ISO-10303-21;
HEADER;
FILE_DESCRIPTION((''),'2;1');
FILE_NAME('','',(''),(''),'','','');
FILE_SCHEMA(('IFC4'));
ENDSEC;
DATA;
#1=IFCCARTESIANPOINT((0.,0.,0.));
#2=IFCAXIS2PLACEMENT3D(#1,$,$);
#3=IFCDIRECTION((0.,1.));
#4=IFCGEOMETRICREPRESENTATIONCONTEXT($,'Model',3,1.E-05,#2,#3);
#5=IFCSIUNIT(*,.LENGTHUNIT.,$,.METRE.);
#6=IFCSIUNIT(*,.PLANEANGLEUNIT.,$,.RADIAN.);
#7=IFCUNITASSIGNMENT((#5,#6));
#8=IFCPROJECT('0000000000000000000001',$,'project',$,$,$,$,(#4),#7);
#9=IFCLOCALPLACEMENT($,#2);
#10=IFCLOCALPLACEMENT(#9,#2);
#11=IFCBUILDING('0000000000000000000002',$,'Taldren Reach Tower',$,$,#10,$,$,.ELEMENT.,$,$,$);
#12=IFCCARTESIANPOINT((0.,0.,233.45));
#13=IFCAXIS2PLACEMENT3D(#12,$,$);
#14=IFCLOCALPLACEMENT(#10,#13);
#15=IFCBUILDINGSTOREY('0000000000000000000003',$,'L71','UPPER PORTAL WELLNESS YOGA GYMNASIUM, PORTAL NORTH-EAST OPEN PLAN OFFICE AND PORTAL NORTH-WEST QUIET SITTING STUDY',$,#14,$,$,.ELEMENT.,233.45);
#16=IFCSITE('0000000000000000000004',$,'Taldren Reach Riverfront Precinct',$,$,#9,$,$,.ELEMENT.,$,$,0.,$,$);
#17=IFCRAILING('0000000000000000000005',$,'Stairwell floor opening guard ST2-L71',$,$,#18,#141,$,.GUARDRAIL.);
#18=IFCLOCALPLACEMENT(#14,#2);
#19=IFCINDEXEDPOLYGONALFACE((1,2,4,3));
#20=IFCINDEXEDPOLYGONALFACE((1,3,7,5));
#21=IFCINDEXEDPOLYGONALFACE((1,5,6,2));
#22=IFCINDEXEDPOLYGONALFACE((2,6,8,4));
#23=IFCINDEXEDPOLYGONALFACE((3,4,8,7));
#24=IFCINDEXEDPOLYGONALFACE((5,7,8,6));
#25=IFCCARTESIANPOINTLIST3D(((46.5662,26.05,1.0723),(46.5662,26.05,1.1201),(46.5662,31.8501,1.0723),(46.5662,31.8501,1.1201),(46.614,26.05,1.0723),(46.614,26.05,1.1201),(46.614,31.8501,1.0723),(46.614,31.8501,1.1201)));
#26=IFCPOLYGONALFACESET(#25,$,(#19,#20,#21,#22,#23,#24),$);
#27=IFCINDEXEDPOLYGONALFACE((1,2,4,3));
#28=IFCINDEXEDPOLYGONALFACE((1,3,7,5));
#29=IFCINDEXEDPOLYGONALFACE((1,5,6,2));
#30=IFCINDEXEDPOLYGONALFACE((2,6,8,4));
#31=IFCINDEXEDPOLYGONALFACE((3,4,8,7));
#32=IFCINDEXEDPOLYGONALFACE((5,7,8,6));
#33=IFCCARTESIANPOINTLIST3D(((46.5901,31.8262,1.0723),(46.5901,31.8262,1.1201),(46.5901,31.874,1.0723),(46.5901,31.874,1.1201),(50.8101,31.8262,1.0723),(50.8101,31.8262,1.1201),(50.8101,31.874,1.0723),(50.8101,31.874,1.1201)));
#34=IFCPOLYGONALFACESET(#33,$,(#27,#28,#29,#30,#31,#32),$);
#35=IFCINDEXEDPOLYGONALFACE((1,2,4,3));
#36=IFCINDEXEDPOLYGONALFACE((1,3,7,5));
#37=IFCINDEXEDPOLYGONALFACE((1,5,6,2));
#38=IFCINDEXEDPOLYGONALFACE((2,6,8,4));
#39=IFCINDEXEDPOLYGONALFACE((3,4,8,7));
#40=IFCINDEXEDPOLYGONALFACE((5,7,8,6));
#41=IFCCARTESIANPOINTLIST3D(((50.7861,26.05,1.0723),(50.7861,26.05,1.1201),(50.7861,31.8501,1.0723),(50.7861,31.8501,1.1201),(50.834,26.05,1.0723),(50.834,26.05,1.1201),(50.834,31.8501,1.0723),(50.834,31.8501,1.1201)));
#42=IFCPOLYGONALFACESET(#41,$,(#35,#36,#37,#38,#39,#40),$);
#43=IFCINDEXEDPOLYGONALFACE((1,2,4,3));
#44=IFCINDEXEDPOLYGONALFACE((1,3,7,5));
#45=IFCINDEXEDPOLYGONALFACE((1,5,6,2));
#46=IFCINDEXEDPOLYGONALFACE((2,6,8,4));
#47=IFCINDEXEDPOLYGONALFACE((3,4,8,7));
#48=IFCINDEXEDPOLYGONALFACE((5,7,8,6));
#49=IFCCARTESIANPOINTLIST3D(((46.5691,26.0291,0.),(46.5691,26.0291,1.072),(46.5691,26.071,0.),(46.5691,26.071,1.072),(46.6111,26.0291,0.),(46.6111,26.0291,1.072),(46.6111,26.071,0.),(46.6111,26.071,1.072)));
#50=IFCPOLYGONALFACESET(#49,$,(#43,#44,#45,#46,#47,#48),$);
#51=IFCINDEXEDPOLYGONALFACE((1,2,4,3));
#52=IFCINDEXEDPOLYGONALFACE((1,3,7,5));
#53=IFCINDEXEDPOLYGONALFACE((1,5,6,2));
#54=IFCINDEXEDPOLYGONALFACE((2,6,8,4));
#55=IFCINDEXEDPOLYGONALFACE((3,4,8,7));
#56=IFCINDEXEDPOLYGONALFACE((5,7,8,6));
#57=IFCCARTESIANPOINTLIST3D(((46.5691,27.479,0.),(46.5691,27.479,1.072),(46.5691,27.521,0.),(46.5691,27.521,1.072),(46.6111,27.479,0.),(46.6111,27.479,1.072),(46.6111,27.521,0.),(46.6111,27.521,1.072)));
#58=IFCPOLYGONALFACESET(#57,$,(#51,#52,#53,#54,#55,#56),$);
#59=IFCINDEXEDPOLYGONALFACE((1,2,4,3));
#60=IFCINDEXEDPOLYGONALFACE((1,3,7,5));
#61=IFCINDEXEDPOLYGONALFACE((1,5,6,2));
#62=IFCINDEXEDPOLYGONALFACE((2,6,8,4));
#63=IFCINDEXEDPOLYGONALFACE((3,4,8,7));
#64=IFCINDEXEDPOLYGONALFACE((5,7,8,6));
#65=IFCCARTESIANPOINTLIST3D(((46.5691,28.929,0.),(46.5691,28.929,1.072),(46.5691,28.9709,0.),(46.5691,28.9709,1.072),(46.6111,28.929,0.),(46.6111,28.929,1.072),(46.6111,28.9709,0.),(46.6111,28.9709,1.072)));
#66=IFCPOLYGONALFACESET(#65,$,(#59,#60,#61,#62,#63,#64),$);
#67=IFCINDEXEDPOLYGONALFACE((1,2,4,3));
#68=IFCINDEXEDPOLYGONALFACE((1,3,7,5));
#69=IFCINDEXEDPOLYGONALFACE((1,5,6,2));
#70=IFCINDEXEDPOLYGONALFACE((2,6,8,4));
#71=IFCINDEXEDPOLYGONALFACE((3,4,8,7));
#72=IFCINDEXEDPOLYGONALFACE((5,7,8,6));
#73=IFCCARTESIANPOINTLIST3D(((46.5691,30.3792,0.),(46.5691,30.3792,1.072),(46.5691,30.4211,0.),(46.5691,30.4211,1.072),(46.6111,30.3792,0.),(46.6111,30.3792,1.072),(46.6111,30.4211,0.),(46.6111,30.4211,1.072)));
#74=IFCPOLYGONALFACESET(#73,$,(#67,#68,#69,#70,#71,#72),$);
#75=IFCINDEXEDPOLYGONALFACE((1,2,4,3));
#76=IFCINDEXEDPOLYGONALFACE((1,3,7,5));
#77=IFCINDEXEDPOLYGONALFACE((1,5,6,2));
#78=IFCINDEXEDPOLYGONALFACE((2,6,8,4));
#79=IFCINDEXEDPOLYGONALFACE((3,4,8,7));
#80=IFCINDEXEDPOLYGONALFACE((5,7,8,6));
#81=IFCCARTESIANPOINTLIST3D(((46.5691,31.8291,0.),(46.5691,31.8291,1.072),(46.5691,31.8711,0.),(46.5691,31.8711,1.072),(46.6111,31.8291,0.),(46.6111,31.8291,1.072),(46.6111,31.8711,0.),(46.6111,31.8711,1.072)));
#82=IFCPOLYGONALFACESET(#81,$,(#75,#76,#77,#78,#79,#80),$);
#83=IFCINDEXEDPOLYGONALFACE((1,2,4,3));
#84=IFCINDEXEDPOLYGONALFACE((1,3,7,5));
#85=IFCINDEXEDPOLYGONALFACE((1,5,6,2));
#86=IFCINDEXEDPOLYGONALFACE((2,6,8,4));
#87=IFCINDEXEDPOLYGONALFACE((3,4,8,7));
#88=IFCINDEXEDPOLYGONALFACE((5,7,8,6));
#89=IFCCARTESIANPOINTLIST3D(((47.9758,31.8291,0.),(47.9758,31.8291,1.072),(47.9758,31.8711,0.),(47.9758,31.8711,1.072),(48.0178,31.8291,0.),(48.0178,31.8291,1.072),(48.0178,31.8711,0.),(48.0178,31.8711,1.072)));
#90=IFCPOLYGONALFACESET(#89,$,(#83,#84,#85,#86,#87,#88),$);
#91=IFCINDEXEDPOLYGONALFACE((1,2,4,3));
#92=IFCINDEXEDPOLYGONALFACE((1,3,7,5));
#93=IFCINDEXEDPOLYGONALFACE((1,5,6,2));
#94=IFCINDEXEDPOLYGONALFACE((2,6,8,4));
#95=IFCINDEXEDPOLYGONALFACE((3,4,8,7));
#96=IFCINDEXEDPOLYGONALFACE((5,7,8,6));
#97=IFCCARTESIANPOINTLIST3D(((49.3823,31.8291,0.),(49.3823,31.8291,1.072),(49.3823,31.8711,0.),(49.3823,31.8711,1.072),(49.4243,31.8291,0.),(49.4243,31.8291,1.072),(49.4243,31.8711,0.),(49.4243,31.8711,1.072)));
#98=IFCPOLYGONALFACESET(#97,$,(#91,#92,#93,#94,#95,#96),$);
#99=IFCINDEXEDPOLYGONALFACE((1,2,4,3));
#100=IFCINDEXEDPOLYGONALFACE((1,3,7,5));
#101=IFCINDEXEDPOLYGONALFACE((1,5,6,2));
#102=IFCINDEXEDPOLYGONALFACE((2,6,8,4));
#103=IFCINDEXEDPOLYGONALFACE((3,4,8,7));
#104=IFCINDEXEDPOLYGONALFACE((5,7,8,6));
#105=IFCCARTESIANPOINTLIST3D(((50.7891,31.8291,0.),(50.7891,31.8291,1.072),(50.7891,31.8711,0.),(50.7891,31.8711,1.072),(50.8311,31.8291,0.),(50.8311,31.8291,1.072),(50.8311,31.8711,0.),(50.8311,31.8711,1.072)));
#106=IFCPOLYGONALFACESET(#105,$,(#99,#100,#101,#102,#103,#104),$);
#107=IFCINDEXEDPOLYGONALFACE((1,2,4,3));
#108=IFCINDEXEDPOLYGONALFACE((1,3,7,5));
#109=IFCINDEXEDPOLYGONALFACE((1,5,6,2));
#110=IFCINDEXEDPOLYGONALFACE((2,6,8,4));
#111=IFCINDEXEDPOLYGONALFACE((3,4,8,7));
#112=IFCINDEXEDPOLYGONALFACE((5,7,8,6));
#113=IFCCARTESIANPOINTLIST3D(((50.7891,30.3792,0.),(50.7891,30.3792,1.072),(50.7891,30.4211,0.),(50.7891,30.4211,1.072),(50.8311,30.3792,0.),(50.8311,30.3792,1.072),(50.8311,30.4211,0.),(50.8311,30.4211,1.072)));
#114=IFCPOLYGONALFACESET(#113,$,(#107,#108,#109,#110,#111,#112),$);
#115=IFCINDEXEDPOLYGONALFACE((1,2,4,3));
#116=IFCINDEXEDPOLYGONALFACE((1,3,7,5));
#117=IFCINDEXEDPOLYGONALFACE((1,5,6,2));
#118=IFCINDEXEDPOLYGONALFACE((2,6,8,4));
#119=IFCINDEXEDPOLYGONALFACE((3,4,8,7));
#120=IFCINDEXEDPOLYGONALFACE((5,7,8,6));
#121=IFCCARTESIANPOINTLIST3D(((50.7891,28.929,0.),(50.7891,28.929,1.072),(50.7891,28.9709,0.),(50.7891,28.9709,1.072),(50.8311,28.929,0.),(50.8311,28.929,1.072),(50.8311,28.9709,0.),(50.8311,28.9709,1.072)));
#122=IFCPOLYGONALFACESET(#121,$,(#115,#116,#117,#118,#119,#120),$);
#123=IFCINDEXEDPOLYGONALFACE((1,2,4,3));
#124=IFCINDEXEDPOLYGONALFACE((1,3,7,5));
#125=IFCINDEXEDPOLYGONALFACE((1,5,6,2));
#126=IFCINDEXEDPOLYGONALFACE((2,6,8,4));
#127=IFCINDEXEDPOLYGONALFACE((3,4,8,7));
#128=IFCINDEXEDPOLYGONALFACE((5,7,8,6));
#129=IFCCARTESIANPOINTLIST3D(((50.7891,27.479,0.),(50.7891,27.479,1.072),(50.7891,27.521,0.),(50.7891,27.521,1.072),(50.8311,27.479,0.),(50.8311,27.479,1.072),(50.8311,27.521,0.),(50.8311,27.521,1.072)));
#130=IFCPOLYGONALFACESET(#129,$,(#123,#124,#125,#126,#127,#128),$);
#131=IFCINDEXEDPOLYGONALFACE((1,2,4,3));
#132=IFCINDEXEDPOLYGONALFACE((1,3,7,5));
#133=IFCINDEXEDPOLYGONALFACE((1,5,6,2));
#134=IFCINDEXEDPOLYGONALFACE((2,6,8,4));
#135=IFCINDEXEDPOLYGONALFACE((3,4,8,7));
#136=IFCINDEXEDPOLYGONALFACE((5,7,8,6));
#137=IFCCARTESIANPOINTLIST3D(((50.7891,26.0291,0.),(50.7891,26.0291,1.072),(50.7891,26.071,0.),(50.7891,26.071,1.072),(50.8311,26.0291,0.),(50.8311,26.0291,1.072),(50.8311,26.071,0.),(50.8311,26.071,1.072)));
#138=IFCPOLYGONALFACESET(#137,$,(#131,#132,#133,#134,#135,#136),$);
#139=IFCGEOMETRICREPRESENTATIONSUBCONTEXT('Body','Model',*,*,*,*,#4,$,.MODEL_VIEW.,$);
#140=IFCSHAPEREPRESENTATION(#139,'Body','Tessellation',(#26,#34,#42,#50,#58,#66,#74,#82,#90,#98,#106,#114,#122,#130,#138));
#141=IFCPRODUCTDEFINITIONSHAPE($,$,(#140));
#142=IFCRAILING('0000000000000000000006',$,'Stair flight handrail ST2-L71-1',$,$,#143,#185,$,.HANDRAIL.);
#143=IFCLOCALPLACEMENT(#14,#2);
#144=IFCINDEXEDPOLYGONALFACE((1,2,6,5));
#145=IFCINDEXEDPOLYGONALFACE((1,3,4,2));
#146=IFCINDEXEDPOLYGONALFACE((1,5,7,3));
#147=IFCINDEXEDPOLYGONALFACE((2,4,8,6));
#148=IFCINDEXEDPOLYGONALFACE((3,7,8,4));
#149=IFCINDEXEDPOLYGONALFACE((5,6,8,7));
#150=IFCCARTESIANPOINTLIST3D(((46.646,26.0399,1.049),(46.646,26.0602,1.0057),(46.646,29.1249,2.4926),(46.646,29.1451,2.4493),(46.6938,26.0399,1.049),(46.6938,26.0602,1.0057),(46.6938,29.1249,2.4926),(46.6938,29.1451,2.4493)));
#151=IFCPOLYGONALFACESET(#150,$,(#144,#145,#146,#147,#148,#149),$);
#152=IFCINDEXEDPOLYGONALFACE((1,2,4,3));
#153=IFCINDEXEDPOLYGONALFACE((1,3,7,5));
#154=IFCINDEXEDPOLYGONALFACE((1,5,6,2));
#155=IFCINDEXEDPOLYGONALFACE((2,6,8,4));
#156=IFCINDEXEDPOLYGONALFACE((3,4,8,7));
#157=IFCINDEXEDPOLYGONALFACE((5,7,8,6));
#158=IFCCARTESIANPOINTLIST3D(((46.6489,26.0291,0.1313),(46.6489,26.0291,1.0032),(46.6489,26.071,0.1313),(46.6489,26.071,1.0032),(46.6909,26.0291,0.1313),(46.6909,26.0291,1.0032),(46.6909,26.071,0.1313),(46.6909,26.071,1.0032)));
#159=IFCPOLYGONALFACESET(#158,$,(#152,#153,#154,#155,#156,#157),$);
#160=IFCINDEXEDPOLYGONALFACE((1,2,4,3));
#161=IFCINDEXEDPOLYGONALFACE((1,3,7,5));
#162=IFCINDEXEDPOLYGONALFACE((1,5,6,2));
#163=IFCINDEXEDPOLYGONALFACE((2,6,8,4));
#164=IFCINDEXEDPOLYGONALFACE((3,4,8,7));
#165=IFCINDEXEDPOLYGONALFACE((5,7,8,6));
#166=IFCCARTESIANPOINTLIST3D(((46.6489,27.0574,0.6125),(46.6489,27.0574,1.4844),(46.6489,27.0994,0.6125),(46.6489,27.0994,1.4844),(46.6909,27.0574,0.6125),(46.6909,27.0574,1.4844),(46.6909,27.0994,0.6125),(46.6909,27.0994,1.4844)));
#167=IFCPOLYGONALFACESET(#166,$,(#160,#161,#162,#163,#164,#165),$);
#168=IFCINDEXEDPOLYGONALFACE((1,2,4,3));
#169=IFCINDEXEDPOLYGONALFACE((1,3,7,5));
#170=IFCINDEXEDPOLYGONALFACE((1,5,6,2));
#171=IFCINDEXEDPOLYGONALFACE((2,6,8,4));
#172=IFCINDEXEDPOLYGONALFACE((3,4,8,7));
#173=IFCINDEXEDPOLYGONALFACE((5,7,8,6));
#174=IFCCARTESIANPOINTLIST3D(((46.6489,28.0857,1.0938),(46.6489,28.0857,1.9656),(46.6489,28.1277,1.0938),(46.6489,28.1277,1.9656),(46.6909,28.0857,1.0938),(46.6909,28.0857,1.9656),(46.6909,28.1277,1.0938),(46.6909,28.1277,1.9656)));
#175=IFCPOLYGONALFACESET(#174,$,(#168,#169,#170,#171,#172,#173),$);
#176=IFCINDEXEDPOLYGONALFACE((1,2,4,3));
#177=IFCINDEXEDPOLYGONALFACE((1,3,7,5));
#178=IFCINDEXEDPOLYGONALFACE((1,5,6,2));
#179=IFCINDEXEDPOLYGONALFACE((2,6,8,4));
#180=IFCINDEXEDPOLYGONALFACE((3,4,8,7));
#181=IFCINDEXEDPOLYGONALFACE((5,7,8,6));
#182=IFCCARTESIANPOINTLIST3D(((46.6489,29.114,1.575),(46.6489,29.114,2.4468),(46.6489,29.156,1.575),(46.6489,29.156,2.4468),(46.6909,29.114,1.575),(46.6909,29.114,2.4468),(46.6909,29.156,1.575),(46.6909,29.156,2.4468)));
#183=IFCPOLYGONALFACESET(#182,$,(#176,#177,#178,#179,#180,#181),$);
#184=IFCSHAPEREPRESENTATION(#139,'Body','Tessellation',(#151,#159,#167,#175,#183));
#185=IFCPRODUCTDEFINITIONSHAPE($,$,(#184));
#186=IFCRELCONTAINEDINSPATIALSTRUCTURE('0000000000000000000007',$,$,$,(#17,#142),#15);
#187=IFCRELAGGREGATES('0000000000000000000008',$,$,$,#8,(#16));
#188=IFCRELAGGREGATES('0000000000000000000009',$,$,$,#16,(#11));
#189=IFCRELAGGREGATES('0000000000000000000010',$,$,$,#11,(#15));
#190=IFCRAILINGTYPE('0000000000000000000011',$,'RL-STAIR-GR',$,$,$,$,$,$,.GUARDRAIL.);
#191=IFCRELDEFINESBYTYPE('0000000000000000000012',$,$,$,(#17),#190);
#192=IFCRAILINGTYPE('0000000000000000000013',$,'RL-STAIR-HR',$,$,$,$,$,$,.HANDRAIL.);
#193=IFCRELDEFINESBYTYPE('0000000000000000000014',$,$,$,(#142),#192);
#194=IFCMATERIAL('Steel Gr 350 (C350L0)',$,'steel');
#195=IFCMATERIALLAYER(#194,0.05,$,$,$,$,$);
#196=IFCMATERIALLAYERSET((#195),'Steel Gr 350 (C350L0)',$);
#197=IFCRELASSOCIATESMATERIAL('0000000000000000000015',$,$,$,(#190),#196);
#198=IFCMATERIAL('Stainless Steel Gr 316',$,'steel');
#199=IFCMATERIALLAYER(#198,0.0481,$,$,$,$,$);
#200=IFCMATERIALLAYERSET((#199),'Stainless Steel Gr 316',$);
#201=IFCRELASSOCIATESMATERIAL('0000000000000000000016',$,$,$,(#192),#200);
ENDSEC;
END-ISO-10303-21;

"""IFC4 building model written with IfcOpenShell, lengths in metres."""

from ifc_helpers import new_model, si_unit, direction, frame, origin, origin_2d, place, context, subcontext, project, spatial, rectangle, extrude, material, layer, layer_set, type_object, element, save


model = new_model("IFC4")

# Units and contexts
model_context = context("Model", 3, precision=1e-05, world=origin(), true_north=direction((0.0, 1.0)))
body_context = subcontext(model_context, "Body", "Model", "MODEL_VIEW")
ifc_project = project(units=[si_unit("LENGTHUNIT", "METRE"), si_unit("PLANEANGLEUNIT", "RADIAN")], contexts=[model_context])

# Site, building, storey
site_placement = place(None, origin())
site = spatial("IfcSite", under=ifc_project, at=site_placement, Name="Taldren Reach Riverfront Precinct", CompositionType="ELEMENT", RefElevation=0.0)
building_placement = place(site_placement, origin())
building = spatial("IfcBuilding", under=site, at=building_placement, Name="Taldren Reach Tower", CompositionType="ELEMENT")
storey_placement = place(building_placement, frame((0.0, 0.0, 233.45)))
storey = spatial("IfcBuildingStorey", under=building, at=storey_placement, Name="L71", Description="UPPER PORTAL WELLNESS YOGA GYMNASIUM, PORTAL NORTH-EAST OPEN PLAN OFFICE AND PORTAL NORTH-WEST QUIET SITTING STUDY", CompositionType="ELEMENT", Elevation=233.45)

# Shared definitions
ifc_material_1 = material(Name="Steel Gr 350 (C350L0)", Category="steel")

# Railings
ifc_layer_1 = layer(ifc_material_1, 0.05)
ifc_layer_set_1 = layer_set([ifc_layer_1], Name="Steel Gr 350 (C350L0)")
railing_type_1 = type_object("IfcRailingType", Name="RL-STAIR-GR", PredefinedType="GUARDRAIL", material=ifc_layer_set_1)
railing_1_placement = place(storey_placement, frame((46.5901, 26.05, 0.0)))
element("IfcRailing", 1, at=railing_1_placement, inside=storey, type_object=railing_type_1, Name="Stairwell floor opening guard ST2-L71", PredefinedType="GUARDRAIL", context=body_context, shape_type="SweptSolid", body=[
    extrude(rectangle(XDim=0.0479, YDim=0.0479, at=origin_2d()), frame((0.0, 0.0, 1.0962), z_axis=(0.0, 1.0, 0.0), x_axis=(-1.0, 0.0, 0.0)), (0.0, 0.0, 1.0), 5.8),
    extrude(rectangle(XDim=0.0479, YDim=0.0479, at=origin_2d()), frame((0.0, 5.8, 1.0962), z_axis=(1.0, 0.0, 0.0), x_axis=(0.0, 1.0, 0.0)), (0.0, 0.0, 1.0), 4.22),
    extrude(rectangle(XDim=0.0479, YDim=0.0479, at=origin_2d()), frame((4.22, 5.8, 1.0962), z_axis=(0.0, -1.0, 0.0), x_axis=(1.0, 0.0, 0.0)), (0.0, 0.0, 1.0), 5.8),
    extrude(rectangle(XDim=0.042, YDim=0.042, at=origin_2d()), origin(), (0.0, 0.0, 1.0), 1.072),
    extrude(rectangle(XDim=0.042, YDim=0.042, at=origin_2d()), frame((0.0, 1.45, 0.0)), (0.0, 0.0, 1.0), 1.072),
    extrude(rectangle(XDim=0.042, YDim=0.042, at=origin_2d()), frame((0.0, 2.8999, 0.0)), (0.0, 0.0, 1.0), 1.072),
    extrude(rectangle(XDim=0.042, YDim=0.042, at=origin_2d()), frame((0.0, 4.3501, 0.0)), (0.0, 0.0, 1.0), 1.072),
    extrude(rectangle(XDim=0.042, YDim=0.042, at=origin_2d()), frame((0.0, 5.8, 0.0)), (0.0, 0.0, 1.0), 1.072),
    extrude(rectangle(XDim=0.042, YDim=0.042, at=origin_2d()), frame((1.4067, 5.8, 0.0)), (0.0, 0.0, 1.0), 1.072),
    extrude(rectangle(XDim=0.042, YDim=0.042, at=origin_2d()), frame((2.8132, 5.8, 0.0)), (0.0, 0.0, 1.0), 1.072),
    extrude(rectangle(XDim=0.042, YDim=0.042, at=origin_2d()), frame((4.22, 5.8, 0.0)), (0.0, 0.0, 1.0), 1.072),
    extrude(rectangle(XDim=0.042, YDim=0.042, at=origin_2d()), frame((4.22, 4.3501, 0.0)), (0.0, 0.0, 1.0), 1.072),
    extrude(rectangle(XDim=0.042, YDim=0.042, at=origin_2d()), frame((4.22, 2.8999, 0.0)), (0.0, 0.0, 1.0), 1.072),
    extrude(rectangle(XDim=0.042, YDim=0.042, at=origin_2d()), frame((4.22, 1.45, 0.0)), (0.0, 0.0, 1.0), 1.072),
    extrude(rectangle(XDim=0.042, YDim=0.042, at=origin_2d()), frame((4.22, 0.0, 0.0)), (0.0, 0.0, 1.0), 1.072),
])
ifc_material_2 = material(Name="Stainless Steel Gr 316", Category="steel")
ifc_layer_2 = layer(ifc_material_2, 0.0481)
ifc_layer_set_2 = layer_set([ifc_layer_2], Name="Stainless Steel Gr 316")
railing_type_2 = type_object("IfcRailingType", Name="RL-STAIR-HR", PredefinedType="HANDRAIL", material=ifc_layer_set_2)
railing_2_placement = place(storey_placement, frame((46.6699, 26.05, 0.1313)))
element("IfcRailing", 2, at=railing_2_placement, inside=storey, type_object=railing_type_2, Name="Stair flight handrail ST2-L71-1", PredefinedType="HANDRAIL", context=body_context, shape_type="SweptSolid", body=[
    extrude(rectangle(XDim=0.0479, YDim=0.0479, at=origin_2d()), frame((0.0, 0.0, 0.896), z_axis=(0.0, 0.905738, 0.423839), x_axis=(-1.0, 0.0, 0.0)), (0.0, 0.0, 1.0), 3.406),
    extrude(rectangle(XDim=0.042, YDim=0.042, at=origin_2d()), origin(), (0.0, 0.0, 1.0), 0.8718),
    extrude(rectangle(XDim=0.042, YDim=0.042, at=origin_2d()), frame((0.0, 1.0283, 0.4812)), (0.0, 0.0, 1.0), 0.8718),
    extrude(rectangle(XDim=0.042, YDim=0.042, at=origin_2d()), frame((0.0, 2.0566, 0.9624)), (0.0, 0.0, 1.0), 0.8718),
    extrude(rectangle(XDim=0.042, YDim=0.042, at=origin_2d()), frame((0.0, 3.085, 1.4436)), (0.0, 0.0, 1.0), 0.8718),
])

save(model, "model.ifc")
